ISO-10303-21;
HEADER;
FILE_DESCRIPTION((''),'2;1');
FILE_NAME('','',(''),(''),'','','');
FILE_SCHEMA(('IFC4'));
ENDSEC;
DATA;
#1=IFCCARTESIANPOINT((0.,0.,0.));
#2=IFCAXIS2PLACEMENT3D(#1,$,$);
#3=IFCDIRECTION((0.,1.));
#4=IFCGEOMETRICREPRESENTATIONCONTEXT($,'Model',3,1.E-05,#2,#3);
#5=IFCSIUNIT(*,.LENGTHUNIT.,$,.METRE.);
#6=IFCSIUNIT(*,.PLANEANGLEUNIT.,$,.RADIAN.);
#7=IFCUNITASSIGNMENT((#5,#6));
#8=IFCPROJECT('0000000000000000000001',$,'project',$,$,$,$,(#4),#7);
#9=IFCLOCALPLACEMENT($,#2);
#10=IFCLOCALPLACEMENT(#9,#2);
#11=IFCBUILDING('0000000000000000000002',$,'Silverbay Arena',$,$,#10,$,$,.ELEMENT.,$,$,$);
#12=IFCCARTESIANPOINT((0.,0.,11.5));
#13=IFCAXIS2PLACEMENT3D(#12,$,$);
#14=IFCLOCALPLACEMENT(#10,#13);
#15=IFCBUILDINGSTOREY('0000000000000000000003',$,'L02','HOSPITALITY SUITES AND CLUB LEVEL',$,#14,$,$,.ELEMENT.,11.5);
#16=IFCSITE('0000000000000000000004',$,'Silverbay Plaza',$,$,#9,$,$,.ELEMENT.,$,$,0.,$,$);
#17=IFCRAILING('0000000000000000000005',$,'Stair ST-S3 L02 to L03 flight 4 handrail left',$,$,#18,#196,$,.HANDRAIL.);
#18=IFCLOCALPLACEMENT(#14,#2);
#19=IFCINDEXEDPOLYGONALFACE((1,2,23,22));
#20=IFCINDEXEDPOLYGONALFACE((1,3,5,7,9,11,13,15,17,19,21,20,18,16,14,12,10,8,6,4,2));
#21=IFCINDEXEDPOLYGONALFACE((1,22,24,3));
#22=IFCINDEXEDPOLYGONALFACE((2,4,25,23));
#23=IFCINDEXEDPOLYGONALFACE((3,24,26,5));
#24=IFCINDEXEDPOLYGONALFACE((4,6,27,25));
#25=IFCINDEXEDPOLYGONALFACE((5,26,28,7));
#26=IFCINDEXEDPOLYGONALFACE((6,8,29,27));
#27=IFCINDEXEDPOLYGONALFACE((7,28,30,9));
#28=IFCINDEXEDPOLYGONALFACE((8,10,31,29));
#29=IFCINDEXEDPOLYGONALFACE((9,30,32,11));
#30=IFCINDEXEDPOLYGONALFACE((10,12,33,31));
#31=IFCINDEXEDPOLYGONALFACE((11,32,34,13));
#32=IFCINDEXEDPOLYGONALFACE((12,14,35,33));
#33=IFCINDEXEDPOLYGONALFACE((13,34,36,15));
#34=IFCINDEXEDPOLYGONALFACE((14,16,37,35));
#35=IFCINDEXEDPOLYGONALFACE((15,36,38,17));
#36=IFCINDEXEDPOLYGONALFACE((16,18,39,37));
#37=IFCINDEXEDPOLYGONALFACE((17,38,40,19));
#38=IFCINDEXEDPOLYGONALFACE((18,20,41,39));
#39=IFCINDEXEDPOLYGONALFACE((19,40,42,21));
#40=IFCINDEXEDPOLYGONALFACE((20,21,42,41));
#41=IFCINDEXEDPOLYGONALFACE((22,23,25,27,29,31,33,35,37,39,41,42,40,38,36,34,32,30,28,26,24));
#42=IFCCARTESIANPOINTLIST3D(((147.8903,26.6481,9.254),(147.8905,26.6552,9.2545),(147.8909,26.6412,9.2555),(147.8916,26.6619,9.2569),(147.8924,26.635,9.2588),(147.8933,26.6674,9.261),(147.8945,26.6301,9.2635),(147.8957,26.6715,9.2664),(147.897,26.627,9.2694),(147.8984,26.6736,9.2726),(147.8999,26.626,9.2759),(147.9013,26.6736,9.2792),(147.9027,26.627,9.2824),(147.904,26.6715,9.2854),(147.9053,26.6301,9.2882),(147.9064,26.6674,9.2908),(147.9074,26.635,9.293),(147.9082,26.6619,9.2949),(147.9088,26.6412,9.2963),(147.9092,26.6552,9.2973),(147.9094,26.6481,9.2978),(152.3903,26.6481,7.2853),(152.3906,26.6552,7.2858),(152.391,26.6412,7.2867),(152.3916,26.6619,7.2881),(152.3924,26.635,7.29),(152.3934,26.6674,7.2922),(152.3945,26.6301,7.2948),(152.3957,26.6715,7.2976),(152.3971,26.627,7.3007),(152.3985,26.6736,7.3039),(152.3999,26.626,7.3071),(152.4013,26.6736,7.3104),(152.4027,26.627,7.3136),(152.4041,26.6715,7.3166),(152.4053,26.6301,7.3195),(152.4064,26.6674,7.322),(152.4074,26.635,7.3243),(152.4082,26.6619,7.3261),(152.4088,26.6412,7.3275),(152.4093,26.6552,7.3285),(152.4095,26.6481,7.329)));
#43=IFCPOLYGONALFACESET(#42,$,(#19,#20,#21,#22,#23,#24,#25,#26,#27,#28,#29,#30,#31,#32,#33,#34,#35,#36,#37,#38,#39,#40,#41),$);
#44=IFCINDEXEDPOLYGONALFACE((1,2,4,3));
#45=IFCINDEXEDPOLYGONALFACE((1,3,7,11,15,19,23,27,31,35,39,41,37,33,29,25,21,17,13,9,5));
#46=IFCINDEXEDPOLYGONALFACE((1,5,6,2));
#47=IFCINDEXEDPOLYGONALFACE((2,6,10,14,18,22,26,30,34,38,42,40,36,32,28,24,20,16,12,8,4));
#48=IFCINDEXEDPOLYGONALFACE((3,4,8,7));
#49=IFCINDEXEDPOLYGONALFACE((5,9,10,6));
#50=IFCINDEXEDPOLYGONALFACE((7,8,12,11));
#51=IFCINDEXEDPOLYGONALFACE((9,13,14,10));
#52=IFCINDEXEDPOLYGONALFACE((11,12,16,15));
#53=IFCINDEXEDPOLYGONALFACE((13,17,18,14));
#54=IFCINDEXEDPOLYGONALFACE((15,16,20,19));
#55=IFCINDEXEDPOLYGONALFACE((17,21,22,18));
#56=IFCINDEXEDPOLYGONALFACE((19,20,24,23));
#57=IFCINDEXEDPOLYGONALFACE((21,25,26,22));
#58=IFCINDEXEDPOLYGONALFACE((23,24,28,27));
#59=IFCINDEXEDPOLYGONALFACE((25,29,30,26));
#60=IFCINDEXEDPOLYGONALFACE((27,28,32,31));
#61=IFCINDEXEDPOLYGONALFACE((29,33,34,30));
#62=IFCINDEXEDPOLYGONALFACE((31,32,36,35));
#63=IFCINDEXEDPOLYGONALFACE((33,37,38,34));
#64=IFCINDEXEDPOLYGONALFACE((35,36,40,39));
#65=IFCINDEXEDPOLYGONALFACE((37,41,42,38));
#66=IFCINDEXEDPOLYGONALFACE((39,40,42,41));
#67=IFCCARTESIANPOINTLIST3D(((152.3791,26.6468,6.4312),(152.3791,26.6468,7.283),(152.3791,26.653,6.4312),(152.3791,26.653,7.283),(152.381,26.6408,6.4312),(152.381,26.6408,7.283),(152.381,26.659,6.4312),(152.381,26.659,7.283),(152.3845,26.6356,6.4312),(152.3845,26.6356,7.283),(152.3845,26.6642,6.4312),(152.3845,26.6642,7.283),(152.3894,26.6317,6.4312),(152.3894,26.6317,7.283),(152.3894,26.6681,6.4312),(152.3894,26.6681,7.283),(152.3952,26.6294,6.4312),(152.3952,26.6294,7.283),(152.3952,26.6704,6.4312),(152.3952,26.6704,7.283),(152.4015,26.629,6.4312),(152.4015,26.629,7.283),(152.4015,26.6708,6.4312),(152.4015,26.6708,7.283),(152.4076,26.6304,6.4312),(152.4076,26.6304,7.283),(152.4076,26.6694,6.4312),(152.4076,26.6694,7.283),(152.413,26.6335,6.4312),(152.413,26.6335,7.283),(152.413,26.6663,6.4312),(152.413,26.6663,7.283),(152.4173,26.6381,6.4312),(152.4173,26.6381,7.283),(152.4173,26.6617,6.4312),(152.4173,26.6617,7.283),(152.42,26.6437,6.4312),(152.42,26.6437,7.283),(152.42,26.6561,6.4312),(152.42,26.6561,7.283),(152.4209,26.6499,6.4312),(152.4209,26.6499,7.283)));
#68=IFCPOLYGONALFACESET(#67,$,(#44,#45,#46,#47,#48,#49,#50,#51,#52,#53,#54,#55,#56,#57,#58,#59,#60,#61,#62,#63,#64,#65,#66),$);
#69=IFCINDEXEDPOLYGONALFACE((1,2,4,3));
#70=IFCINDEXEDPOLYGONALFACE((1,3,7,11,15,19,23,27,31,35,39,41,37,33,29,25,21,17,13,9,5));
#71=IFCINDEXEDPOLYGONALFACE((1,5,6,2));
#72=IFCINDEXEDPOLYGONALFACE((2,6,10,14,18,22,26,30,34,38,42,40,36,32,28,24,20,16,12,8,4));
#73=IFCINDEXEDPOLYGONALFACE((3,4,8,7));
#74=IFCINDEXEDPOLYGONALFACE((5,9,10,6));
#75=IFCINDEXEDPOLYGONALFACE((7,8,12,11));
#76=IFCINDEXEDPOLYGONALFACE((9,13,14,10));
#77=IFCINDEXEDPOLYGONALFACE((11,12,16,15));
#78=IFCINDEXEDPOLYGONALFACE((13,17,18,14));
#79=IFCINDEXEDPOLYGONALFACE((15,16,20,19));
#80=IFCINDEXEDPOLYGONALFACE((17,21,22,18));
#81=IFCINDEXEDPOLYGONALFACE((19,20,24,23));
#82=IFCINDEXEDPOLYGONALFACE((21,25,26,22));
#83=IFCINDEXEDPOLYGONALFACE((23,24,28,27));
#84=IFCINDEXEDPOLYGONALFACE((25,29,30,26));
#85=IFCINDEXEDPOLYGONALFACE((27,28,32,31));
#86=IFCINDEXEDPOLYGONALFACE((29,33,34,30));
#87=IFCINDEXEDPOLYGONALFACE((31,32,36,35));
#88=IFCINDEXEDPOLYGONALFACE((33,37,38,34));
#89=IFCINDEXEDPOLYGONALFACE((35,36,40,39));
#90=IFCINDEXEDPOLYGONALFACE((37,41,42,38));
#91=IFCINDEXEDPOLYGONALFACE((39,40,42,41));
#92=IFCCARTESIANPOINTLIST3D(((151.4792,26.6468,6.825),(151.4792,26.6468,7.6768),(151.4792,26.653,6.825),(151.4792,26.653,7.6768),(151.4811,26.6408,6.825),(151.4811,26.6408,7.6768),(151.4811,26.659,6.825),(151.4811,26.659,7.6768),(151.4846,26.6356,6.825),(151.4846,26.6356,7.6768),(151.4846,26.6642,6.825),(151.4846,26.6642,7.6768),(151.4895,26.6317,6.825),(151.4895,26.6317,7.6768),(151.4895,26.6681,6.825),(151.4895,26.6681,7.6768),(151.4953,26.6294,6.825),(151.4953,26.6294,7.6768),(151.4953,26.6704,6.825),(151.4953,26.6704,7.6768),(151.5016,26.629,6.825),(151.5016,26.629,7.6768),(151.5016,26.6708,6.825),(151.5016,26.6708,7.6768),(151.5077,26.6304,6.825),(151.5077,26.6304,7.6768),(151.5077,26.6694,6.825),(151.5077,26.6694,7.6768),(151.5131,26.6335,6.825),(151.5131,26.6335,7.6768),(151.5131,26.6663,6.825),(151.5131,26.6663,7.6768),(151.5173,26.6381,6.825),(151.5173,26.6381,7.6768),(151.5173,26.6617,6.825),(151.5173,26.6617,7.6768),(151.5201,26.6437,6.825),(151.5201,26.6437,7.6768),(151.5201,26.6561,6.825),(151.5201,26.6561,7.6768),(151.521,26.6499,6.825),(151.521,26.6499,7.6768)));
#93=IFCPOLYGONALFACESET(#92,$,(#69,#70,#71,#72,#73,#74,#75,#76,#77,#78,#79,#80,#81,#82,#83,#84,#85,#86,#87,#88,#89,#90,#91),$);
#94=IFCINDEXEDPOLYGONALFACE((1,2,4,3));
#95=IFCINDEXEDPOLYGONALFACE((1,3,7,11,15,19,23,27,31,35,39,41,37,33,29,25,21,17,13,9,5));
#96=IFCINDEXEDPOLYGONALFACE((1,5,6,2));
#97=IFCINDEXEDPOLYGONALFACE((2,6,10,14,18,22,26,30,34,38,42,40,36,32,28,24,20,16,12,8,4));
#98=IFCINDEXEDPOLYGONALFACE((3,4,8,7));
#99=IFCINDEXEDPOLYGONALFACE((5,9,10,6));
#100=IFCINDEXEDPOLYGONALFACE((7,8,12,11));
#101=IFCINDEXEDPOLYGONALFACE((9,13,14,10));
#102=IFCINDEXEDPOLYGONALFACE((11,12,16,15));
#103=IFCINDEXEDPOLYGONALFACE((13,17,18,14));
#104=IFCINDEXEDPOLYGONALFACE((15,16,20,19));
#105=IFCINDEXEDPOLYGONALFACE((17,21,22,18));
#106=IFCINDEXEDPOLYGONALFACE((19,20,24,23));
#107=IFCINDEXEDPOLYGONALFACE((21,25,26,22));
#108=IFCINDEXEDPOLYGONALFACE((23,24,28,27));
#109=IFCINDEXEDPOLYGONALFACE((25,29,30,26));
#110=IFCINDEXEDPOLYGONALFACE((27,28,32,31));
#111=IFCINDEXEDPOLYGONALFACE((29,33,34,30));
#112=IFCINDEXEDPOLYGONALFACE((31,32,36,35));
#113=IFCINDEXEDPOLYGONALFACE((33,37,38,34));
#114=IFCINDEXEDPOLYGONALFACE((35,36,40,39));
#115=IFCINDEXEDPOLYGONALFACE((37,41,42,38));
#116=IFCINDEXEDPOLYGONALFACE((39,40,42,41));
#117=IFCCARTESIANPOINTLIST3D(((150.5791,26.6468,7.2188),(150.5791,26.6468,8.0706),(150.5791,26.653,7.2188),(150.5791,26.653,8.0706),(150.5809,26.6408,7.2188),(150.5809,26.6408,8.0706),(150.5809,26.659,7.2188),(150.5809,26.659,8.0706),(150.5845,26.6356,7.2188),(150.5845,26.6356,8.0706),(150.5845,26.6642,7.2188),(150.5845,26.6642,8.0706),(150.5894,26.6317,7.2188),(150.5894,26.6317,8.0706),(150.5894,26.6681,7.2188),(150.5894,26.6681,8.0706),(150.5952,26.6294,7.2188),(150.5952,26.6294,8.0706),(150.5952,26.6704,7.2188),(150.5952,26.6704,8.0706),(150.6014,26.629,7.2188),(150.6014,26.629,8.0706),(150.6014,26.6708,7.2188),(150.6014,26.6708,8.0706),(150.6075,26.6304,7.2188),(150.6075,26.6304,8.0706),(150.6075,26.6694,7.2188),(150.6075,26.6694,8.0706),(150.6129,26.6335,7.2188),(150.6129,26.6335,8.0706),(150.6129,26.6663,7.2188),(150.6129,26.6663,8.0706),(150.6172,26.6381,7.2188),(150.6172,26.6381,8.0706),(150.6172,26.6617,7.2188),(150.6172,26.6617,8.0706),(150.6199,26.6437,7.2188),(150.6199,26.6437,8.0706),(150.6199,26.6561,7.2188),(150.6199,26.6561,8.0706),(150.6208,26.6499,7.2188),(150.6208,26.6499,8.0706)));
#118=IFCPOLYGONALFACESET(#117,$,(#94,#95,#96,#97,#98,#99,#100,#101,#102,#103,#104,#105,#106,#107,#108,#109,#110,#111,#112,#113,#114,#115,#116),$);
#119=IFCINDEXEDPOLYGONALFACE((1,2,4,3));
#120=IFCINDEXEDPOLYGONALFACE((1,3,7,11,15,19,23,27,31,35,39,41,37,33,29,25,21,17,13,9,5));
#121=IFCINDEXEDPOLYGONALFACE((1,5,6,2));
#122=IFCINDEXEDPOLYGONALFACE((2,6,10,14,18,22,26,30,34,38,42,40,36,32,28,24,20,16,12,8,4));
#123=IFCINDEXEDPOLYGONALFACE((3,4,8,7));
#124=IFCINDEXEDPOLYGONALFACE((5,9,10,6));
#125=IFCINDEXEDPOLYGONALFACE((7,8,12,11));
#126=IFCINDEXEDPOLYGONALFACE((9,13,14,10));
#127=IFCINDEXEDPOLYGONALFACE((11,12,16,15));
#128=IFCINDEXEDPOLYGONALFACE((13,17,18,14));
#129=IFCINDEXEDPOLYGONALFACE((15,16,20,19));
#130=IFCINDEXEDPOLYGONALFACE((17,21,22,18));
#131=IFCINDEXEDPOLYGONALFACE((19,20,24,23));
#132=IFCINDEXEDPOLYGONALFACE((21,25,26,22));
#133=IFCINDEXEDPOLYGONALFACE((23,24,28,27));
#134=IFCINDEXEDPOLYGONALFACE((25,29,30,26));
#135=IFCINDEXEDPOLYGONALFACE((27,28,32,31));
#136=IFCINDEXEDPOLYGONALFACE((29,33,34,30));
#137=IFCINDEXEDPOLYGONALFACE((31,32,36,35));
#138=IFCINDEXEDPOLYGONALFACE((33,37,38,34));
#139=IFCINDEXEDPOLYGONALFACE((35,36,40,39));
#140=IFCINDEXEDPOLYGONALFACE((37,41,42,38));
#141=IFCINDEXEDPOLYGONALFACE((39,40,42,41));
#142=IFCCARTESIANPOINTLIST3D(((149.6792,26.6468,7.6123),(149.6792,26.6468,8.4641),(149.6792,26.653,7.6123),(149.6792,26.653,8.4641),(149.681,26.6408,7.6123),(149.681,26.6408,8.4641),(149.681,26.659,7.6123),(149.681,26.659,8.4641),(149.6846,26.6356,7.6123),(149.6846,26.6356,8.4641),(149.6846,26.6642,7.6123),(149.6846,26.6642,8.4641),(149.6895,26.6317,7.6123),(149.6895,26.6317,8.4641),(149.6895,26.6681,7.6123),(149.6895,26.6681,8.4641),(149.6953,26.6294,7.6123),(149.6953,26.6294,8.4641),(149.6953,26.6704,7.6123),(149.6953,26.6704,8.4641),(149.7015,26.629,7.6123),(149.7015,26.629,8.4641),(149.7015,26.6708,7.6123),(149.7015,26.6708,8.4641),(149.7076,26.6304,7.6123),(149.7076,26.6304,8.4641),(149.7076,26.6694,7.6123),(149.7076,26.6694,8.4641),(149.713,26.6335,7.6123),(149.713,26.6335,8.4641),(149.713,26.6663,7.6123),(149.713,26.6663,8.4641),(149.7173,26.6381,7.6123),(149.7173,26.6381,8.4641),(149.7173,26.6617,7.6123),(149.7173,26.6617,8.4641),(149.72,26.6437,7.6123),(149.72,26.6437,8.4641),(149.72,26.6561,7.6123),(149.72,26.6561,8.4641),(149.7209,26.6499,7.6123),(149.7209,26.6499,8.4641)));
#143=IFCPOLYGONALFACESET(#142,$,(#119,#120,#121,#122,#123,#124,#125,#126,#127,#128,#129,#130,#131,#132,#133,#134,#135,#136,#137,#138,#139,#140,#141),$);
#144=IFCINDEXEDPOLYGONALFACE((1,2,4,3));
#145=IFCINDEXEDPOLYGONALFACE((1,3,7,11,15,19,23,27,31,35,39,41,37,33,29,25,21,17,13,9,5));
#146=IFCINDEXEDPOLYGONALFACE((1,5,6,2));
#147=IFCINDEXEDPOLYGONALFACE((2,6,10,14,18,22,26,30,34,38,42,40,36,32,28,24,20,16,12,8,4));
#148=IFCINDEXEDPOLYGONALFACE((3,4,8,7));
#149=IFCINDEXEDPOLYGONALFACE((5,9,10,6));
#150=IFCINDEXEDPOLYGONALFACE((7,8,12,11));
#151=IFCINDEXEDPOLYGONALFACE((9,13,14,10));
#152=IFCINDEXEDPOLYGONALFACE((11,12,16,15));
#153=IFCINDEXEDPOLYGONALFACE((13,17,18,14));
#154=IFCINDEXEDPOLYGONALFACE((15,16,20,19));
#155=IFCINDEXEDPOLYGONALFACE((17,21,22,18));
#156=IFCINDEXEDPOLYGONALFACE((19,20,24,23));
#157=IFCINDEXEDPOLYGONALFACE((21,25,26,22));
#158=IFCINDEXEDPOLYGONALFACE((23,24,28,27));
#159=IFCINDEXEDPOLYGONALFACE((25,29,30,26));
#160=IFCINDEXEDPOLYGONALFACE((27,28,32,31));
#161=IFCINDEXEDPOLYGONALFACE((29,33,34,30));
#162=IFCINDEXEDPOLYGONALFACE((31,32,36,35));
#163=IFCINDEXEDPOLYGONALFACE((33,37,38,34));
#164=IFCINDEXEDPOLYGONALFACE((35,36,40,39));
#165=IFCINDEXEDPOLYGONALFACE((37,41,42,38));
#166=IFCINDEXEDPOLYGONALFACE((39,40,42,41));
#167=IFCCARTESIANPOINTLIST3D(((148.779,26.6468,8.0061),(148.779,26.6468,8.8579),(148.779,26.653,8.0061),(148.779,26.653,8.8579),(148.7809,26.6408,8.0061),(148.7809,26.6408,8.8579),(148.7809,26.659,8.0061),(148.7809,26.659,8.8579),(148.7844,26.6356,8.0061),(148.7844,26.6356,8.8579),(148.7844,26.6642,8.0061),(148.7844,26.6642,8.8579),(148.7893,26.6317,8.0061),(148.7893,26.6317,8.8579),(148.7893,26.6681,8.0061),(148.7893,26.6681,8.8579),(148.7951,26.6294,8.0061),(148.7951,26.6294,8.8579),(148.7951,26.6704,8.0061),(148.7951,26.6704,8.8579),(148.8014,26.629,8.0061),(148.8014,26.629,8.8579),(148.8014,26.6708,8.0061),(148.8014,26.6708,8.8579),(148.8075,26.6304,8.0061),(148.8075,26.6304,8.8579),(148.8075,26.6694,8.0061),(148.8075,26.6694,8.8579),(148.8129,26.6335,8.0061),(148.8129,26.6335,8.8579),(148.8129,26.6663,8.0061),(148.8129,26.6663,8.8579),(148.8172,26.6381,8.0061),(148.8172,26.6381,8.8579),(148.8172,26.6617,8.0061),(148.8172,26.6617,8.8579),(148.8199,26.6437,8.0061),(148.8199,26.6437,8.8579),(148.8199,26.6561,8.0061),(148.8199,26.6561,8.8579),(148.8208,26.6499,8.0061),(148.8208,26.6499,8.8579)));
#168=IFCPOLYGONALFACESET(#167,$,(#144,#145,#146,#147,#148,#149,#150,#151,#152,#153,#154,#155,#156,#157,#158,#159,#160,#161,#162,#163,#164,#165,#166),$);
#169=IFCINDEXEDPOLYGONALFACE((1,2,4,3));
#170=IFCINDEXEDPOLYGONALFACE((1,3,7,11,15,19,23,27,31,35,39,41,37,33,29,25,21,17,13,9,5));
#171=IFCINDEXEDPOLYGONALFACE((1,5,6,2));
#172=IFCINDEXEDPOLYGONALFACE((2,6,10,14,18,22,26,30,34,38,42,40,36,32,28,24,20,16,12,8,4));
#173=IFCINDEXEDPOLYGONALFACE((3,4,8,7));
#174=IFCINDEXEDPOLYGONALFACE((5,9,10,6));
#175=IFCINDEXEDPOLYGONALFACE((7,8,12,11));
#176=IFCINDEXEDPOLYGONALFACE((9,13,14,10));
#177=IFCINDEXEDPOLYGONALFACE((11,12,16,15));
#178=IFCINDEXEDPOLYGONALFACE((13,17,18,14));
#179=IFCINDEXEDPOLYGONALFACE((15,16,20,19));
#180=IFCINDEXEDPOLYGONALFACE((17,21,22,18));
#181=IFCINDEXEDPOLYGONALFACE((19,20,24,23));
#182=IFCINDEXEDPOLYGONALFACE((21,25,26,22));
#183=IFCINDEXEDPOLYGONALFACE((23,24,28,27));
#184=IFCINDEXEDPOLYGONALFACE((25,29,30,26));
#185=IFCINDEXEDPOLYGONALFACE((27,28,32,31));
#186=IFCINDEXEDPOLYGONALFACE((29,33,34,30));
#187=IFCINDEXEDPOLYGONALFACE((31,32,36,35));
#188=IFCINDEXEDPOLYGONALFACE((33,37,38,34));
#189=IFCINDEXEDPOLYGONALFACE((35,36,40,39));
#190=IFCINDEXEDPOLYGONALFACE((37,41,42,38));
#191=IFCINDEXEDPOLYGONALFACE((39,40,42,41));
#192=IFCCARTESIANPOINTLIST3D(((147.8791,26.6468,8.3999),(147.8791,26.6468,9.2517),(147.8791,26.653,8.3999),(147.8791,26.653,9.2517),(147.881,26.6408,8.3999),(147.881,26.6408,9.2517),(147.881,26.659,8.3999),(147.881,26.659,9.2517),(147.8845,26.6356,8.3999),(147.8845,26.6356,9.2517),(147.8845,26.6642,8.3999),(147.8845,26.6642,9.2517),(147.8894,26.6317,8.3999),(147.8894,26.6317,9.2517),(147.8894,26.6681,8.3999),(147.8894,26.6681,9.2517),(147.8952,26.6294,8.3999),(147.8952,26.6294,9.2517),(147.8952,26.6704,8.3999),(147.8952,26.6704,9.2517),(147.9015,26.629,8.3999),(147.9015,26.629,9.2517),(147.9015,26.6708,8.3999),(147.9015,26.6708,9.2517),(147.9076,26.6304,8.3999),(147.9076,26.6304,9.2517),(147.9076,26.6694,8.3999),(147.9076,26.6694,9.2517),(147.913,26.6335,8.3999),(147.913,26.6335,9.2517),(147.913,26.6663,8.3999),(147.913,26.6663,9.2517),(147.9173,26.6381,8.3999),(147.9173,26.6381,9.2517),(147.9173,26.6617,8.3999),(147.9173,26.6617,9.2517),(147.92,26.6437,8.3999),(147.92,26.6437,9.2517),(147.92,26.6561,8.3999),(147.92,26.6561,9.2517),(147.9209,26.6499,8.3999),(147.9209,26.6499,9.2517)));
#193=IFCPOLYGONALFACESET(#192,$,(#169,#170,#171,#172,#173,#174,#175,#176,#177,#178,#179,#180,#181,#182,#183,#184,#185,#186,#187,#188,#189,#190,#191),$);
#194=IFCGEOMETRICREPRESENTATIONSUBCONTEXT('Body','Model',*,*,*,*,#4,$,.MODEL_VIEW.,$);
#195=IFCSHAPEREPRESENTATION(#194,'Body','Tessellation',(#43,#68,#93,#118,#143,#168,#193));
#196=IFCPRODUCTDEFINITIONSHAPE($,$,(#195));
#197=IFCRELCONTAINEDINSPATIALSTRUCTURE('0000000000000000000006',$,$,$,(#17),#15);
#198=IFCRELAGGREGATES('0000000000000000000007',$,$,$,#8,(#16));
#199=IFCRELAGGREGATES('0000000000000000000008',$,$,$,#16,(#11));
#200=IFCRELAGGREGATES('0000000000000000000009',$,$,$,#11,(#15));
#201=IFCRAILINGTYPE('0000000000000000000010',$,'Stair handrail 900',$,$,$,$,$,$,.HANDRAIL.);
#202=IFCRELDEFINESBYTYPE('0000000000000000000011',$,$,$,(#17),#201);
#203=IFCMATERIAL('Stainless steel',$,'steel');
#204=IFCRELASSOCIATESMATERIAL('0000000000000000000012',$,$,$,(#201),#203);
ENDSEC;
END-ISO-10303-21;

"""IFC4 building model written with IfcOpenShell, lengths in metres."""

from ifc_helpers import new_model, si_unit, direction, frame, origin, origin_2d, place, context, subcontext, project, spatial, circle, extrude, material, type_object, element, save


model = new_model("IFC4")

# Units and contexts
model_context = context("Model", 3, precision=1e-05, world=origin(), true_north=direction((0.0, 1.0)))
body_context = subcontext(model_context, "Body", "Model", "MODEL_VIEW")
ifc_project = project(units=[si_unit("LENGTHUNIT", "METRE"), si_unit("PLANEANGLEUNIT", "RADIAN")], contexts=[model_context])

# Site, building, storey
site_placement = place(None, origin())
site = spatial("IfcSite", under=ifc_project, at=site_placement, Name="Silverbay Plaza", CompositionType="ELEMENT", RefElevation=0.0)
building_placement = place(site_placement, origin())
building = spatial("IfcBuilding", under=site, at=building_placement, Name="Silverbay Arena", CompositionType="ELEMENT")
storey_placement = place(building_placement, frame((0.0, 0.0, 11.5)))
storey = spatial("IfcBuildingStorey", under=building, at=storey_placement, Name="L02", Description="HOSPITALITY SUITES AND CLUB LEVEL", CompositionType="ELEMENT", Elevation=11.5)

# Railing
ifc_material_1 = material(Name="Stainless steel", Category="steel")
railing_type_1 = type_object("IfcRailingType", Name="Stair handrail 900", PredefinedType="HANDRAIL", material=ifc_material_1)
for number, where, name in (
    (1, (152.3999, 26.6499, 6.4312), "Stair ST-S3 L02 to L03 flight 4 handrail left"),
):
    element("IfcRailing", number, at=place(storey_placement, frame(where)), inside=storey, type_object=railing_type_1, Name=name, PredefinedType="HANDRAIL", context=body_context, shape_type="SweptSolid", body=[
        extrude(circle(Radius=0.0239, at=origin_2d()), frame((0.0, 0.0, 0.876), z_axis=(-0.916157, 0.0, 0.400819), x_axis=(0.0, -1.0, 0.0)), (0.0, 0.0, 1.0), 4.9119),
        extrude(circle(Radius=0.021, at=origin_2d()), origin(), (0.0, 0.0, 1.0), 0.8518),
        extrude(circle(Radius=0.021, at=origin_2d()), frame((-0.8999, 0.0, 0.3938)), (0.0, 0.0, 1.0), 0.8518),
        extrude(circle(Radius=0.021, at=origin_2d()), frame((-1.8, 0.0, 0.7876)), (0.0, 0.0, 1.0), 0.8518),
        extrude(circle(Radius=0.021, at=origin_2d()), frame((-2.7, 0.0, 1.1812)), (0.0, 0.0, 1.0), 0.8518),
        extrude(circle(Radius=0.021, at=origin_2d()), frame((-3.6001, 0.0, 1.575)), (0.0, 0.0, 1.0), 0.8518),
        extrude(circle(Radius=0.021, at=origin_2d()), frame((-4.5, 0.0, 1.9688)), (0.0, 0.0, 1.0), 0.8518),
    ])

save(model, "model.ifc")
